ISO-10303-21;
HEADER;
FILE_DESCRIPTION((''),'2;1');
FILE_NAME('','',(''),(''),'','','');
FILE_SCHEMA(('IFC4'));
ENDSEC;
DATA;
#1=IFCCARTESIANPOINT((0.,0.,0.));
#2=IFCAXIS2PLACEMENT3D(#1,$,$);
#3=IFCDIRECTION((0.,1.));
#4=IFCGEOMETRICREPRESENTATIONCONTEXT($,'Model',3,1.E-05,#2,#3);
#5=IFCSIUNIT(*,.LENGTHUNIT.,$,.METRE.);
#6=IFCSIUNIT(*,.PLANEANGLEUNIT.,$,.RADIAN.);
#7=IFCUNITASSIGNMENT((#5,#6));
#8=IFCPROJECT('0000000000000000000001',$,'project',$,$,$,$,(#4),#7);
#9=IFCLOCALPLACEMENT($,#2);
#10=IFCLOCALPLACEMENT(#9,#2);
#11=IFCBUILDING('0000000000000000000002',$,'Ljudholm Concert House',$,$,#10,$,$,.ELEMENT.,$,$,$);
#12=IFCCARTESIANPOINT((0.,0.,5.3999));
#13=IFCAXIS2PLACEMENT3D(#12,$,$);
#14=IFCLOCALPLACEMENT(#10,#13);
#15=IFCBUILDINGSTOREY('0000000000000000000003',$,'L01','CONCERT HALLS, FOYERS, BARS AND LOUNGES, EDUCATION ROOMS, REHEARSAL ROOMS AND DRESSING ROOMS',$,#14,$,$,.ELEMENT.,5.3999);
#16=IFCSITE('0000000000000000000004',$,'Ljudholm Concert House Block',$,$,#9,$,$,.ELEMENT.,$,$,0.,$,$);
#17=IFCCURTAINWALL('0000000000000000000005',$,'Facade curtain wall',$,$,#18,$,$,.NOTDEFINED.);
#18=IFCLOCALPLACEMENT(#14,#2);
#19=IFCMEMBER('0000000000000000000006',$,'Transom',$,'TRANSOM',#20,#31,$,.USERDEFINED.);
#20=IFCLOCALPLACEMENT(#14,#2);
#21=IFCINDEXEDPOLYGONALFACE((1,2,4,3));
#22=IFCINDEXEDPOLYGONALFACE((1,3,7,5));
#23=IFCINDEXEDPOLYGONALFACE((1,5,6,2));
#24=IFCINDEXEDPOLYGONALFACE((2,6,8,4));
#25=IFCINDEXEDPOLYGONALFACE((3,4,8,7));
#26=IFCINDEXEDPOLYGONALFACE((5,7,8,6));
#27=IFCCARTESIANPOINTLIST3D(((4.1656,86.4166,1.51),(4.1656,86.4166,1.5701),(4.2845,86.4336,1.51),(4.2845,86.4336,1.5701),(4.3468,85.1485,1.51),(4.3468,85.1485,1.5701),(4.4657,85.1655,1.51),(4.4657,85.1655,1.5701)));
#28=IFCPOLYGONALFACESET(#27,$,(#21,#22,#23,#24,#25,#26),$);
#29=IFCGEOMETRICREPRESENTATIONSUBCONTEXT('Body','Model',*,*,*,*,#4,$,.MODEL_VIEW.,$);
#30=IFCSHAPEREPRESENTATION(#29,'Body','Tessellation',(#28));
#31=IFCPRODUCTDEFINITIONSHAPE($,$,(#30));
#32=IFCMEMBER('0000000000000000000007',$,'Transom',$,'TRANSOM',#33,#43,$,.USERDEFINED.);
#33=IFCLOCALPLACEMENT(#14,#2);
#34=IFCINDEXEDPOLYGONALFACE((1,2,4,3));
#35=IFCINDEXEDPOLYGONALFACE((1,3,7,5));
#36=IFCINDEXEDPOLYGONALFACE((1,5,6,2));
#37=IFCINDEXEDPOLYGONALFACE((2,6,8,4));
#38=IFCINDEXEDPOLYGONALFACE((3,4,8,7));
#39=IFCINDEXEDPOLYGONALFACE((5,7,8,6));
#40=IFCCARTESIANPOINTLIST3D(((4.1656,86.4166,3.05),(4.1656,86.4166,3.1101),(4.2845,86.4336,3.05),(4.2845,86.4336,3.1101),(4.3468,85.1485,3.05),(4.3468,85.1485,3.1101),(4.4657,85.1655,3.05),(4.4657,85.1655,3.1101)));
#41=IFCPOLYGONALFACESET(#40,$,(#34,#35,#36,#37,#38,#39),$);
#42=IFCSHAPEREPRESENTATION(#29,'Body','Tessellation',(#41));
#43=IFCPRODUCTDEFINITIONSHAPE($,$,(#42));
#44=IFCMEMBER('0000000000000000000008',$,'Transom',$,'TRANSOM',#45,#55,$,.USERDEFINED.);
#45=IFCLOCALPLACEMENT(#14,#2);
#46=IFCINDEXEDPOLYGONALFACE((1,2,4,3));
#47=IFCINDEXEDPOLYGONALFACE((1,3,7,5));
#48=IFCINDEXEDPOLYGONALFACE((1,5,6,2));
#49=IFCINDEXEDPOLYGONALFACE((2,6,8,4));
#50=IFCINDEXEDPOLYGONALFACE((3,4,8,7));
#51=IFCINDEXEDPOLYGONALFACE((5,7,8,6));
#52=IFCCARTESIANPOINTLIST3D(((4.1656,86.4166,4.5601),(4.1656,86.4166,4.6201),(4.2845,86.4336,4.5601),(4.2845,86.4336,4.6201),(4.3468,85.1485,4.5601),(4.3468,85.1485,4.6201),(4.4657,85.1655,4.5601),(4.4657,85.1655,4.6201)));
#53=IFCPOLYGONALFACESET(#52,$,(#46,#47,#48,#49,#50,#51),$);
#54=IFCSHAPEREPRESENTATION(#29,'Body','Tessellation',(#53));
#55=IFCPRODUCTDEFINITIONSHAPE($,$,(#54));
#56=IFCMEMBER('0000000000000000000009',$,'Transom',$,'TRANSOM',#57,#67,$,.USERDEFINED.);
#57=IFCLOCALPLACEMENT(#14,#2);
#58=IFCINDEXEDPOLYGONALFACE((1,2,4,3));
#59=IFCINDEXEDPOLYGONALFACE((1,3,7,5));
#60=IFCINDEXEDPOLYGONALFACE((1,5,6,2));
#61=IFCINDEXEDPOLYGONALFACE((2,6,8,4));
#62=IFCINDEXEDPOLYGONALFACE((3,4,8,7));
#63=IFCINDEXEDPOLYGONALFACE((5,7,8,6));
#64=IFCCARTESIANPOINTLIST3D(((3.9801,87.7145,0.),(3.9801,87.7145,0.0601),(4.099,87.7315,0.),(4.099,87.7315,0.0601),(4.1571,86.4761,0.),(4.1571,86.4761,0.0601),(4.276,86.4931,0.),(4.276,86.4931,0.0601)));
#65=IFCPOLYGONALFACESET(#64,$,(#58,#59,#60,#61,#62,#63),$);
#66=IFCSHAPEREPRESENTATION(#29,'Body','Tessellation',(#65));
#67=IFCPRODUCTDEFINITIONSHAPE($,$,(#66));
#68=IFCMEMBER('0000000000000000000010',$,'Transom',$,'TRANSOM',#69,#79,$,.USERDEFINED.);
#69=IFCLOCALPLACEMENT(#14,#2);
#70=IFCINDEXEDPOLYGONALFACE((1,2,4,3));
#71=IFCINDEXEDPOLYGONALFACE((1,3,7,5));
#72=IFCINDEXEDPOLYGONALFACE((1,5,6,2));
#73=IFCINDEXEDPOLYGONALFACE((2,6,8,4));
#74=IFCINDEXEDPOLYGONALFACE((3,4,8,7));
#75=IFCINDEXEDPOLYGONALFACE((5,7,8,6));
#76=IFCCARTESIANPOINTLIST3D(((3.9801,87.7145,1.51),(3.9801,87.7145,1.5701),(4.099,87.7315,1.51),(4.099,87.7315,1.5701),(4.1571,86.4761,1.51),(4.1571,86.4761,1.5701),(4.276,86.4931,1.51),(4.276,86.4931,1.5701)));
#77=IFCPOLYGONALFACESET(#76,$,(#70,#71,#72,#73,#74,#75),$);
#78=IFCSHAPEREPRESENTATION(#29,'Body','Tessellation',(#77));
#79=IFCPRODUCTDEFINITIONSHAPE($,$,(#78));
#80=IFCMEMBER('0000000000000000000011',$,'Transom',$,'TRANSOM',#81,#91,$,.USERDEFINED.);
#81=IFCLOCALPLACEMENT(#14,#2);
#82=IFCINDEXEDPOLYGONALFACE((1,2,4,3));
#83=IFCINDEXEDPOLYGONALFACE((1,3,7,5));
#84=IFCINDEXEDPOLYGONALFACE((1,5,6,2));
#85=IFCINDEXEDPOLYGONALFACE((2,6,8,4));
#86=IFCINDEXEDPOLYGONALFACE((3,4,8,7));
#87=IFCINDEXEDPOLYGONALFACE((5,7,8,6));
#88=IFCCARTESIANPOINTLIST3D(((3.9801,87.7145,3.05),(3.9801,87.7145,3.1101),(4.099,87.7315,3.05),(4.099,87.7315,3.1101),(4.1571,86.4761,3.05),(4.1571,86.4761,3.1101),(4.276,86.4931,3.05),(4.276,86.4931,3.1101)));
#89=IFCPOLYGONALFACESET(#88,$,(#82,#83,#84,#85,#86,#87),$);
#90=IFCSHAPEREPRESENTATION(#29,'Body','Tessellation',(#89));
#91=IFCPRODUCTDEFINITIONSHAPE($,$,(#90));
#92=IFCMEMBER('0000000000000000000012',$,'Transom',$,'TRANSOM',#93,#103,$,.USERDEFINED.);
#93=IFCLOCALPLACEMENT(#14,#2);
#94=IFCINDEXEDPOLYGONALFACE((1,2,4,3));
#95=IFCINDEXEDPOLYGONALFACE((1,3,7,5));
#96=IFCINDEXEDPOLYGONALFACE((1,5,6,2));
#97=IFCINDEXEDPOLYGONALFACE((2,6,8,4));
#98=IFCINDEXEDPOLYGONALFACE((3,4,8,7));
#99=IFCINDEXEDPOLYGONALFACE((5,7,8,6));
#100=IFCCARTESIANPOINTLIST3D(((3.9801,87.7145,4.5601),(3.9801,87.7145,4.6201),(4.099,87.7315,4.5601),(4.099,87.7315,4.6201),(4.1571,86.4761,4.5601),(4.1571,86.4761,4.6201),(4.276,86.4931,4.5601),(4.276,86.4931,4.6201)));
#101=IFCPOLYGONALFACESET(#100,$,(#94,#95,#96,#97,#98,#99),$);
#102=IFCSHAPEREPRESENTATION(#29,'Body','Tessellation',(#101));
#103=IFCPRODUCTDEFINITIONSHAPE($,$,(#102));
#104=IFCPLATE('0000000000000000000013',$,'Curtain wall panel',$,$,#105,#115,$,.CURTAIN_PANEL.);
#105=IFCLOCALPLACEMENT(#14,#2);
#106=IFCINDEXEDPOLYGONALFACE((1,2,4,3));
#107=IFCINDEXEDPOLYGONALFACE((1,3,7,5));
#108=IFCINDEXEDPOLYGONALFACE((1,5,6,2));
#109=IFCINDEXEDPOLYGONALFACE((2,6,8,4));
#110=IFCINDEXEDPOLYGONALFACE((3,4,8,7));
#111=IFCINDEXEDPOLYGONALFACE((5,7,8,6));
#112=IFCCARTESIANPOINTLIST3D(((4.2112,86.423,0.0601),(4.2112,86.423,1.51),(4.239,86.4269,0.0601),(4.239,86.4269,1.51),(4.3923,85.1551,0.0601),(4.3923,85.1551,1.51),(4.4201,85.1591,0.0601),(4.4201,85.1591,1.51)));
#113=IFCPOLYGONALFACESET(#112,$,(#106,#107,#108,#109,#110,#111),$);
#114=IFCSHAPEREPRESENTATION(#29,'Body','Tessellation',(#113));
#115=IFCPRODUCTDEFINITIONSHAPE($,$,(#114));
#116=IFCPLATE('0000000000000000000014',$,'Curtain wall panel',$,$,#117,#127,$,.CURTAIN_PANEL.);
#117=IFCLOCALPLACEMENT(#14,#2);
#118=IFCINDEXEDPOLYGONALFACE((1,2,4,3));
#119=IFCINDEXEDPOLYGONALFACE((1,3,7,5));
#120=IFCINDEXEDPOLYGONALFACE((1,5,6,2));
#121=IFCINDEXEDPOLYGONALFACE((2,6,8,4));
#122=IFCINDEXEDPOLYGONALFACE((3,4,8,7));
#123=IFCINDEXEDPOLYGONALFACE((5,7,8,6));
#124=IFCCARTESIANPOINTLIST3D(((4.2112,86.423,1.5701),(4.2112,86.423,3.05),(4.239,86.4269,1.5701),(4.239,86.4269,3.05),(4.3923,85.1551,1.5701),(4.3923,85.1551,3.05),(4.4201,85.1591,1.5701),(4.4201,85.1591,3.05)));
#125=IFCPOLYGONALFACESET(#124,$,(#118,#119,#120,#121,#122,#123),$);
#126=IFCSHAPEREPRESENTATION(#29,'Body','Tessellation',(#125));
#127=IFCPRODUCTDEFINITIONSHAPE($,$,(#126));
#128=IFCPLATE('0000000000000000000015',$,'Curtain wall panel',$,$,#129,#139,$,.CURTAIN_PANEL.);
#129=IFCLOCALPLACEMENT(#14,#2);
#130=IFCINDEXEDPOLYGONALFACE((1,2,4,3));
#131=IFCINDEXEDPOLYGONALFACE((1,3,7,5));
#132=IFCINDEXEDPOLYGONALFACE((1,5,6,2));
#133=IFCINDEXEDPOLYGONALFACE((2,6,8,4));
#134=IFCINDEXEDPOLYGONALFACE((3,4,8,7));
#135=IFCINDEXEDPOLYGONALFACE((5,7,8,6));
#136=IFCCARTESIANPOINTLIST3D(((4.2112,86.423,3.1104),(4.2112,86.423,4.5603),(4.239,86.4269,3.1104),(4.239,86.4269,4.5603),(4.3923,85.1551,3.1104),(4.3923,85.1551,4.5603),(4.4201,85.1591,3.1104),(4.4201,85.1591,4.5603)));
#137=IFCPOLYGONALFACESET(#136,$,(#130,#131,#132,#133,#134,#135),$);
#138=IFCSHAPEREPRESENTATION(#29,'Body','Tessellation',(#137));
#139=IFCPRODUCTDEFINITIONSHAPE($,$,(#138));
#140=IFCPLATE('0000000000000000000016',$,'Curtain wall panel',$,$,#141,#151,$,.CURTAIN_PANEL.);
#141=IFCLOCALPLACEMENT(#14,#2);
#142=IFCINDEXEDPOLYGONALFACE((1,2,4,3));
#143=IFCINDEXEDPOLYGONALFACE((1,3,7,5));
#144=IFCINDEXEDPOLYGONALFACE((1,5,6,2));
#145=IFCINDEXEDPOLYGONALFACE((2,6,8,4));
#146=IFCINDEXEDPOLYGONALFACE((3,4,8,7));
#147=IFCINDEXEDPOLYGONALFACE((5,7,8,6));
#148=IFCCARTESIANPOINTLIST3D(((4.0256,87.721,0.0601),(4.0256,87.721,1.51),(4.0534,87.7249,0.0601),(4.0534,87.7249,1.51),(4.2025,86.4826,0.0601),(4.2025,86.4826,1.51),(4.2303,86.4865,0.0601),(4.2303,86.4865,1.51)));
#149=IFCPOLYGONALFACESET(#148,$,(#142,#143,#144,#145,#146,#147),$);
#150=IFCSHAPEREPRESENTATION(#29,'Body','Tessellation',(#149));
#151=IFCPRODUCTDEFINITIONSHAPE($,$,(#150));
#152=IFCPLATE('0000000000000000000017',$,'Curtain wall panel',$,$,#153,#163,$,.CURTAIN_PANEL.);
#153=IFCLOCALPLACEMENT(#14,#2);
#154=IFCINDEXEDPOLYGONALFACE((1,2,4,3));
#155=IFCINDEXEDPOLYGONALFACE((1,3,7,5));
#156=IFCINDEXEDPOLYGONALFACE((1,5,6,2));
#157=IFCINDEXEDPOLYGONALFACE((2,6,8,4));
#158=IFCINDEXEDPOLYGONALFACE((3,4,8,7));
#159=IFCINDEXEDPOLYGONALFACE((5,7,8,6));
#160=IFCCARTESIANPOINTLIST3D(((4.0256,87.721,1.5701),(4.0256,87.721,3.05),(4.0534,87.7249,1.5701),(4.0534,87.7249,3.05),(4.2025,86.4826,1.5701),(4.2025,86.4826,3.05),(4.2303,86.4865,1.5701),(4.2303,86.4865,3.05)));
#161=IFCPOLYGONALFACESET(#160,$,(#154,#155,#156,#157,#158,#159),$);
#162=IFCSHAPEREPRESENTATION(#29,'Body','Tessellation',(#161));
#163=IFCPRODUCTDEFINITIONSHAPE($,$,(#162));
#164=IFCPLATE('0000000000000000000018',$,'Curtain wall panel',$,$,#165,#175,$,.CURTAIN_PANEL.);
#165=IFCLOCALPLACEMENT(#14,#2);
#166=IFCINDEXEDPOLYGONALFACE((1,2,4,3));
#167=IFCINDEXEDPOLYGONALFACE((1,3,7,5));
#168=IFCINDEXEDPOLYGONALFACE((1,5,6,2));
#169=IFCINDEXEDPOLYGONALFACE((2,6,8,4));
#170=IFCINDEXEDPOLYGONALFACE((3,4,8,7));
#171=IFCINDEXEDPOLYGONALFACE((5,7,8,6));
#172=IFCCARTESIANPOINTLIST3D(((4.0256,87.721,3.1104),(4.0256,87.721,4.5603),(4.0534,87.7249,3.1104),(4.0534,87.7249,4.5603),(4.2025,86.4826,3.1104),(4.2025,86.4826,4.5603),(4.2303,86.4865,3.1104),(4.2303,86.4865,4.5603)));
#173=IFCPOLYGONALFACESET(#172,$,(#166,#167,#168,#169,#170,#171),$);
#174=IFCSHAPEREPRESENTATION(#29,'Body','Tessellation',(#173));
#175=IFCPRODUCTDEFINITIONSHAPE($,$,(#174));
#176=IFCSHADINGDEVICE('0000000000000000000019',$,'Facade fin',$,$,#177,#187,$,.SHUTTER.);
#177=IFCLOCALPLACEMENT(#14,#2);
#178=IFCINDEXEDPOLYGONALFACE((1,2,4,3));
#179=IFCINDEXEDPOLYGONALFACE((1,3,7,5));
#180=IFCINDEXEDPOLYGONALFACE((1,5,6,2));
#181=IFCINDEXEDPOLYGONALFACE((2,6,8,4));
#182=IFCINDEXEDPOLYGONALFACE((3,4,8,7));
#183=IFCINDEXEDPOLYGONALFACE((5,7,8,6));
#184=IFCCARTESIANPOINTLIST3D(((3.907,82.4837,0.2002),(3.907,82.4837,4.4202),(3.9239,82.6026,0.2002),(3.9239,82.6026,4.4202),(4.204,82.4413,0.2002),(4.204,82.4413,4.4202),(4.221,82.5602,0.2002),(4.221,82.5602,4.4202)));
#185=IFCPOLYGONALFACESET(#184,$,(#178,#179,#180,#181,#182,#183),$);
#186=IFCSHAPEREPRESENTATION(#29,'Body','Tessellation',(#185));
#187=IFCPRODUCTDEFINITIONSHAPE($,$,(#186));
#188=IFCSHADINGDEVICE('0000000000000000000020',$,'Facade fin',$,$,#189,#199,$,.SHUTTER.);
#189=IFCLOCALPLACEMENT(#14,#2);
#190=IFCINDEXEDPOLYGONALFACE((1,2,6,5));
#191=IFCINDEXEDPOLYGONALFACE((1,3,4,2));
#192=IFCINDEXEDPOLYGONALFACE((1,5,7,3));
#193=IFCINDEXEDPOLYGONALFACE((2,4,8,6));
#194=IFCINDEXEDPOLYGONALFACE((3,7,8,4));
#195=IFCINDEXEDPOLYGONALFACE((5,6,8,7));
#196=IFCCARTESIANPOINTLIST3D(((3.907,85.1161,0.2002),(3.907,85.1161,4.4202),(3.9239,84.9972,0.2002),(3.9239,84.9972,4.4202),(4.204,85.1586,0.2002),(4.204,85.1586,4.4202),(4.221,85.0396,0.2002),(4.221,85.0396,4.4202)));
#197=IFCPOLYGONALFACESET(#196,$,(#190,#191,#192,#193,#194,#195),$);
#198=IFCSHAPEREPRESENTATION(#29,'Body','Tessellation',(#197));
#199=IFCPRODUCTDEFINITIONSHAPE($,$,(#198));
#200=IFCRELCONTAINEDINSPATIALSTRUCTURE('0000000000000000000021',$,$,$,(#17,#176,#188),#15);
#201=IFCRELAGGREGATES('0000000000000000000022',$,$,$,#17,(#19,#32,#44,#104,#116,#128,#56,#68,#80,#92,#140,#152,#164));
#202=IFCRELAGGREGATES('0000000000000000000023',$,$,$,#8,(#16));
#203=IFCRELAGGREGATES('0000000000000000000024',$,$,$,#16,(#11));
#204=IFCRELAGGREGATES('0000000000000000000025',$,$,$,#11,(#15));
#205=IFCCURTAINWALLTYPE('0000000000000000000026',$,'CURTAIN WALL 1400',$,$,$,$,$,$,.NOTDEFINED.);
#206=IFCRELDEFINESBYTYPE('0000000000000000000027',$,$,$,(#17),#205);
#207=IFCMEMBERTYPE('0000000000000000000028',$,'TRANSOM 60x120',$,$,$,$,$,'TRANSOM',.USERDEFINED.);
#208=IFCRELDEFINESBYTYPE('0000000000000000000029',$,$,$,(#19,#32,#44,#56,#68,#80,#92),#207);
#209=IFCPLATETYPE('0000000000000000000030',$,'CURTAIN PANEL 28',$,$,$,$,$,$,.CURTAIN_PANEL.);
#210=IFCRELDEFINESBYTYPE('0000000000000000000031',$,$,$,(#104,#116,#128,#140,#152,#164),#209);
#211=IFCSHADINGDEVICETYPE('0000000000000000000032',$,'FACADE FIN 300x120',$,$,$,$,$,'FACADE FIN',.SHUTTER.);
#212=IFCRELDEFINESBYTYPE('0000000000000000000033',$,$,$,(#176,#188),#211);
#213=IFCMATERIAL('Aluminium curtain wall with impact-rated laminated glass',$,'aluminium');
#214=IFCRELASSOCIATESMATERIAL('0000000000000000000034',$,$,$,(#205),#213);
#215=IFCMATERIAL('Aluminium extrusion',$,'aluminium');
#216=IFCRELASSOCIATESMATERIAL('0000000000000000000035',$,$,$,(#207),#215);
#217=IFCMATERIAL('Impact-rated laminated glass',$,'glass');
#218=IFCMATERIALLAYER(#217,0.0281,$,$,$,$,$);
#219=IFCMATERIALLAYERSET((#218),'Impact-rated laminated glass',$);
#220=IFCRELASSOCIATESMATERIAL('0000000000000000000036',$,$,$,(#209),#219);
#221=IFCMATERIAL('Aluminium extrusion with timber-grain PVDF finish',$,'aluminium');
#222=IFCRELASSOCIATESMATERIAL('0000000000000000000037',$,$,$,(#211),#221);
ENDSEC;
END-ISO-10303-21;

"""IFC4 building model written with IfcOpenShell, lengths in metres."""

from ifc_helpers import new_model, si_unit, direction, frame, origin, origin_2d, place, context, subcontext, project, spatial, rectangle, extrude, material, layer, layer_set, material_profile, profile_set, type_object, element, aggregate, save


model = new_model("IFC4")

# Units and contexts
model_context = context("Model", 3, precision=1e-05, world=origin(), true_north=direction((0.0, 1.0)))
body_context = subcontext(model_context, "Body", "Model", "MODEL_VIEW")
ifc_project = project(units=[si_unit("LENGTHUNIT", "METRE"), si_unit("PLANEANGLEUNIT", "RADIAN")], contexts=[model_context])

# Site, building, storey
site_placement = place(None, origin())
site = spatial("IfcSite", under=ifc_project, at=site_placement, Name="Ljudholm Concert House Block", CompositionType="ELEMENT", RefElevation=0.0)
building_placement = place(site_placement, origin())
building = spatial("IfcBuilding", under=site, at=building_placement, Name="Ljudholm Concert House", CompositionType="ELEMENT")
storey_placement = place(building_placement, frame((0.0, 0.0, 5.3999)))
storey = spatial("IfcBuildingStorey", under=building, at=storey_placement, Name="L01", Description="CONCERT HALLS, FOYERS, BARS AND LOUNGES, EDUCATION ROOMS, REHEARSAL ROOMS AND DRESSING ROOMS", CompositionType="ELEMENT", Elevation=5.3999)

# Curtain wall
ifc_material_1 = material(Name="Aluminium curtain wall with impact-rated laminated glass", Category="aluminium")
curtain_wall_type = type_object("IfcCurtainWallType", Name="CURTAIN WALL 1400", PredefinedType="NOTDEFINED", material=ifc_material_1)
curtain_wall_placement = place(storey_placement, origin())
curtain_wall = element("IfcCurtainWall", 1, at=curtain_wall_placement, inside=storey, type_object=curtain_wall_type, Name="Facade curtain wall", PredefinedType="NOTDEFINED")

# Members
ifc_material_2 = material(Name="Aluminium extrusion", Category="aluminium")
ifc_material_profile_1 = material_profile(ifc_material_2, rectangle(XDim=0.1201, YDim=0.0601, at=origin_2d()), Name="TRANSOM 60x120")
ifc_profile_set_1 = profile_set([ifc_material_profile_1], Name="Aluminium extrusion")
member_type_1 = type_object("IfcMemberType", Name="TRANSOM 60x120", ElementType="TRANSOM", PredefinedType="USERDEFINED", material=ifc_profile_set_1)
member_1_placement = place(storey_placement, frame((4.4062, 85.157, 1.54), z_axis=(-0.141421, 0.989949, 0.0), x_axis=(-0.989949, -0.141421, 0.0)))
member_1 = element("IfcMember", 2, at=member_1_placement, type_object=member_type_1, Name="Transom", ObjectType="TRANSOM", PredefinedType="USERDEFINED", context=body_context, shape_type="SweptSolid", body=[
    extrude(rectangle(XDim=0.1201, YDim=0.0601, at=origin_2d()), origin(), (0.0, 0.0, 1.0), 1.281),
])
member_2_placement = place(storey_placement, frame((4.4062, 85.157, 3.0801), z_axis=(-0.141421, 0.989949, 0.0), x_axis=(-0.989949, -0.141421, 0.0)))
member_2 = element("IfcMember", 3, at=member_2_placement, type_object=member_type_1, Name="Transom", ObjectType="TRANSOM", PredefinedType="USERDEFINED", context=body_context, shape_type="SweptSolid", body=[
    extrude(rectangle(XDim=0.1201, YDim=0.0601, at=origin_2d()), origin(), (0.0, 0.0, 1.0), 1.281),
])
member_3_placement = place(storey_placement, frame((4.4062, 85.157, 4.5901), z_axis=(-0.141421, 0.989949, 0.0), x_axis=(-0.989949, -0.141421, 0.0)))
member_3 = element("IfcMember", 4, at=member_3_placement, type_object=member_type_1, Name="Transom", ObjectType="TRANSOM", PredefinedType="USERDEFINED", context=body_context, shape_type="SweptSolid", body=[
    extrude(rectangle(XDim=0.1201, YDim=0.0601, at=origin_2d()), origin(), (0.0, 0.0, 1.0), 1.281),
])
member_4_placement = place(storey_placement, frame((4.2166, 86.4846, 0.03), z_axis=(-0.141503, 0.989938, 0.0), x_axis=(-0.989938, -0.141503, 0.0)))
member_4 = element("IfcMember", 5, at=member_4_placement, type_object=member_type_1, Name="Transom", ObjectType="TRANSOM", PredefinedType="USERDEFINED", context=body_context, shape_type="SweptSolid", body=[
    extrude(rectangle(XDim=0.1201, YDim=0.0601, at=origin_2d()), origin(), (0.0, 0.0, 1.0), 1.251),
])
member_5_placement = place(storey_placement, frame((4.2166, 86.4846, 1.54), z_axis=(-0.141503, 0.989938, 0.0), x_axis=(-0.989938, -0.141503, 0.0)))
member_5 = element("IfcMember", 6, at=member_5_placement, type_object=member_type_1, Name="Transom", ObjectType="TRANSOM", PredefinedType="USERDEFINED", context=body_context, shape_type="SweptSolid", body=[
    extrude(rectangle(XDim=0.1201, YDim=0.0601, at=origin_2d()), origin(), (0.0, 0.0, 1.0), 1.251),
])
member_6_placement = place(storey_placement, frame((4.2166, 86.4846, 3.0801), z_axis=(-0.141503, 0.989938, 0.0), x_axis=(-0.989938, -0.141503, 0.0)))
member_6 = element("IfcMember", 7, at=member_6_placement, type_object=member_type_1, Name="Transom", ObjectType="TRANSOM", PredefinedType="USERDEFINED", context=body_context, shape_type="SweptSolid", body=[
    extrude(rectangle(XDim=0.1201, YDim=0.0601, at=origin_2d()), origin(), (0.0, 0.0, 1.0), 1.251),
])
member_7_placement = place(storey_placement, frame((4.2166, 86.4846, 4.5901), z_axis=(-0.141503, 0.989938, 0.0), x_axis=(-0.989938, -0.141503, 0.0)))
member_7 = element("IfcMember", 8, at=member_7_placement, type_object=member_type_1, Name="Transom", ObjectType="TRANSOM", PredefinedType="USERDEFINED", context=body_context, shape_type="SweptSolid", body=[
    extrude(rectangle(XDim=0.1201, YDim=0.0601, at=origin_2d()), origin(), (0.0, 0.0, 1.0), 1.251),
])

# Plates
ifc_material_3 = material(Name="Impact-rated laminated glass", Category="glass")
ifc_layer = layer(ifc_material_3, 0.0281)
ifc_layer_set = layer_set([ifc_layer], Name="Impact-rated laminated glass")
plate_type = type_object("IfcPlateType", Name="CURTAIN PANEL 28", PredefinedType="CURTAIN_PANEL", material=ifc_layer_set)
plate_1_placement = place(storey_placement, frame((4.3157, 85.791, 0.0601), z_axis=(0.0, 0.0, 1.0), x_axis=(-0.141421, 0.989949, 0.0)))
plate_1 = element("IfcPlate", 9, at=plate_1_placement, type_object=plate_type, Name="Curtain wall panel", PredefinedType="CURTAIN_PANEL", context=body_context, shape_type="SweptSolid", body=[
    extrude(rectangle(XDim=1.2808, YDim=0.0281, at=origin_2d()), origin(), (0.0, 0.0, 1.0), 1.45),
])
plate_2_placement = place(storey_placement, frame((4.3157, 85.791, 1.5701), z_axis=(0.0, 0.0, 1.0), x_axis=(-0.141421, 0.989949, 0.0)))
plate_2 = element("IfcPlate", 10, at=plate_2_placement, type_object=plate_type, Name="Curtain wall panel", PredefinedType="CURTAIN_PANEL", context=body_context, shape_type="SweptSolid", body=[
    extrude(rectangle(XDim=1.2808, YDim=0.0281, at=origin_2d()), origin(), (0.0, 0.0, 1.0), 1.48),
])
plate_3_placement = place(storey_placement, frame((4.3157, 85.791, 3.1104), z_axis=(0.0, 0.0, 1.0), x_axis=(-0.141421, 0.989949, 0.0)))
plate_3 = element("IfcPlate", 11, at=plate_3_placement, type_object=plate_type, Name="Curtain wall panel", PredefinedType="CURTAIN_PANEL", context=body_context, shape_type="SweptSolid", body=[
    extrude(rectangle(XDim=1.2808, YDim=0.0281, at=origin_2d()), origin(), (0.0, 0.0, 1.0), 1.45),
])
plate_4_placement = place(storey_placement, frame((4.1279, 87.1038, 0.0601), z_axis=(0.0, 0.0, 1.0), x_axis=(-0.141421, 0.989949, 0.0)))
plate_4 = element("IfcPlate", 12, at=plate_4_placement, type_object=plate_type, Name="Curtain wall panel", PredefinedType="CURTAIN_PANEL", context=body_context, shape_type="SweptSolid", body=[
    extrude(rectangle(XDim=1.251, YDim=0.0281, at=origin_2d()), origin(), (0.0, 0.0, 1.0), 1.45),
])
plate_5_placement = place(storey_placement, frame((4.1279, 87.1038, 1.5701), z_axis=(0.0, 0.0, 1.0), x_axis=(-0.141421, 0.989949, 0.0)))
plate_5 = element("IfcPlate", 13, at=plate_5_placement, type_object=plate_type, Name="Curtain wall panel", PredefinedType="CURTAIN_PANEL", context=body_context, shape_type="SweptSolid", body=[
    extrude(rectangle(XDim=1.251, YDim=0.0281, at=origin_2d()), origin(), (0.0, 0.0, 1.0), 1.48),
])
plate_6_placement = place(storey_placement, frame((4.1279, 87.1038, 3.1104), z_axis=(0.0, 0.0, 1.0), x_axis=(-0.141421, 0.989949, 0.0)))
plate_6 = element("IfcPlate", 14, at=plate_6_placement, type_object=plate_type, Name="Curtain wall panel", PredefinedType="CURTAIN_PANEL", context=body_context, shape_type="SweptSolid", body=[
    extrude(rectangle(XDim=1.251, YDim=0.0281, at=origin_2d()), origin(), (0.0, 0.0, 1.0), 1.45),
])
aggregate(curtain_wall, [member_1, member_2, member_3, plate_1, plate_2, plate_3, member_4, member_5, member_6, member_7, plate_4, plate_5, plate_6])

# Shading devices
ifc_material_4 = material(Name="Aluminium extrusion with timber-grain PVDF finish", Category="aluminium")
shading_device_type = type_object("IfcShadingDeviceType", Name="FACADE FIN 300x120", ElementType="FACADE FIN", PredefinedType="SHUTTER", material=ifc_material_4)
for number, where, z_axis, x_axis, name in (
    (15, (4.064, 82.522, 0.2002), (0.0, 0.0, 1.0), (-0.989949, 0.141421, 0.0), "Facade fin"),
    (16, (4.064, 85.0779, 0.2002), (0.0, 0.0, 1.0), (-0.989949, -0.141421, 0.0), "Facade fin"),
):
    element("IfcShadingDevice", number, at=place(storey_placement, frame(where, z_axis=z_axis, x_axis=x_axis)), inside=storey, type_object=shading_device_type, Name=name, PredefinedType="SHUTTER", context=body_context, shape_type="SweptSolid", body=[
        extrude(rectangle(XDim=0.3, YDim=0.1201, at=origin_2d()), origin(), (0.0, 0.0, 1.0), 4.22),
    ])

save(model, "model.ifc")
